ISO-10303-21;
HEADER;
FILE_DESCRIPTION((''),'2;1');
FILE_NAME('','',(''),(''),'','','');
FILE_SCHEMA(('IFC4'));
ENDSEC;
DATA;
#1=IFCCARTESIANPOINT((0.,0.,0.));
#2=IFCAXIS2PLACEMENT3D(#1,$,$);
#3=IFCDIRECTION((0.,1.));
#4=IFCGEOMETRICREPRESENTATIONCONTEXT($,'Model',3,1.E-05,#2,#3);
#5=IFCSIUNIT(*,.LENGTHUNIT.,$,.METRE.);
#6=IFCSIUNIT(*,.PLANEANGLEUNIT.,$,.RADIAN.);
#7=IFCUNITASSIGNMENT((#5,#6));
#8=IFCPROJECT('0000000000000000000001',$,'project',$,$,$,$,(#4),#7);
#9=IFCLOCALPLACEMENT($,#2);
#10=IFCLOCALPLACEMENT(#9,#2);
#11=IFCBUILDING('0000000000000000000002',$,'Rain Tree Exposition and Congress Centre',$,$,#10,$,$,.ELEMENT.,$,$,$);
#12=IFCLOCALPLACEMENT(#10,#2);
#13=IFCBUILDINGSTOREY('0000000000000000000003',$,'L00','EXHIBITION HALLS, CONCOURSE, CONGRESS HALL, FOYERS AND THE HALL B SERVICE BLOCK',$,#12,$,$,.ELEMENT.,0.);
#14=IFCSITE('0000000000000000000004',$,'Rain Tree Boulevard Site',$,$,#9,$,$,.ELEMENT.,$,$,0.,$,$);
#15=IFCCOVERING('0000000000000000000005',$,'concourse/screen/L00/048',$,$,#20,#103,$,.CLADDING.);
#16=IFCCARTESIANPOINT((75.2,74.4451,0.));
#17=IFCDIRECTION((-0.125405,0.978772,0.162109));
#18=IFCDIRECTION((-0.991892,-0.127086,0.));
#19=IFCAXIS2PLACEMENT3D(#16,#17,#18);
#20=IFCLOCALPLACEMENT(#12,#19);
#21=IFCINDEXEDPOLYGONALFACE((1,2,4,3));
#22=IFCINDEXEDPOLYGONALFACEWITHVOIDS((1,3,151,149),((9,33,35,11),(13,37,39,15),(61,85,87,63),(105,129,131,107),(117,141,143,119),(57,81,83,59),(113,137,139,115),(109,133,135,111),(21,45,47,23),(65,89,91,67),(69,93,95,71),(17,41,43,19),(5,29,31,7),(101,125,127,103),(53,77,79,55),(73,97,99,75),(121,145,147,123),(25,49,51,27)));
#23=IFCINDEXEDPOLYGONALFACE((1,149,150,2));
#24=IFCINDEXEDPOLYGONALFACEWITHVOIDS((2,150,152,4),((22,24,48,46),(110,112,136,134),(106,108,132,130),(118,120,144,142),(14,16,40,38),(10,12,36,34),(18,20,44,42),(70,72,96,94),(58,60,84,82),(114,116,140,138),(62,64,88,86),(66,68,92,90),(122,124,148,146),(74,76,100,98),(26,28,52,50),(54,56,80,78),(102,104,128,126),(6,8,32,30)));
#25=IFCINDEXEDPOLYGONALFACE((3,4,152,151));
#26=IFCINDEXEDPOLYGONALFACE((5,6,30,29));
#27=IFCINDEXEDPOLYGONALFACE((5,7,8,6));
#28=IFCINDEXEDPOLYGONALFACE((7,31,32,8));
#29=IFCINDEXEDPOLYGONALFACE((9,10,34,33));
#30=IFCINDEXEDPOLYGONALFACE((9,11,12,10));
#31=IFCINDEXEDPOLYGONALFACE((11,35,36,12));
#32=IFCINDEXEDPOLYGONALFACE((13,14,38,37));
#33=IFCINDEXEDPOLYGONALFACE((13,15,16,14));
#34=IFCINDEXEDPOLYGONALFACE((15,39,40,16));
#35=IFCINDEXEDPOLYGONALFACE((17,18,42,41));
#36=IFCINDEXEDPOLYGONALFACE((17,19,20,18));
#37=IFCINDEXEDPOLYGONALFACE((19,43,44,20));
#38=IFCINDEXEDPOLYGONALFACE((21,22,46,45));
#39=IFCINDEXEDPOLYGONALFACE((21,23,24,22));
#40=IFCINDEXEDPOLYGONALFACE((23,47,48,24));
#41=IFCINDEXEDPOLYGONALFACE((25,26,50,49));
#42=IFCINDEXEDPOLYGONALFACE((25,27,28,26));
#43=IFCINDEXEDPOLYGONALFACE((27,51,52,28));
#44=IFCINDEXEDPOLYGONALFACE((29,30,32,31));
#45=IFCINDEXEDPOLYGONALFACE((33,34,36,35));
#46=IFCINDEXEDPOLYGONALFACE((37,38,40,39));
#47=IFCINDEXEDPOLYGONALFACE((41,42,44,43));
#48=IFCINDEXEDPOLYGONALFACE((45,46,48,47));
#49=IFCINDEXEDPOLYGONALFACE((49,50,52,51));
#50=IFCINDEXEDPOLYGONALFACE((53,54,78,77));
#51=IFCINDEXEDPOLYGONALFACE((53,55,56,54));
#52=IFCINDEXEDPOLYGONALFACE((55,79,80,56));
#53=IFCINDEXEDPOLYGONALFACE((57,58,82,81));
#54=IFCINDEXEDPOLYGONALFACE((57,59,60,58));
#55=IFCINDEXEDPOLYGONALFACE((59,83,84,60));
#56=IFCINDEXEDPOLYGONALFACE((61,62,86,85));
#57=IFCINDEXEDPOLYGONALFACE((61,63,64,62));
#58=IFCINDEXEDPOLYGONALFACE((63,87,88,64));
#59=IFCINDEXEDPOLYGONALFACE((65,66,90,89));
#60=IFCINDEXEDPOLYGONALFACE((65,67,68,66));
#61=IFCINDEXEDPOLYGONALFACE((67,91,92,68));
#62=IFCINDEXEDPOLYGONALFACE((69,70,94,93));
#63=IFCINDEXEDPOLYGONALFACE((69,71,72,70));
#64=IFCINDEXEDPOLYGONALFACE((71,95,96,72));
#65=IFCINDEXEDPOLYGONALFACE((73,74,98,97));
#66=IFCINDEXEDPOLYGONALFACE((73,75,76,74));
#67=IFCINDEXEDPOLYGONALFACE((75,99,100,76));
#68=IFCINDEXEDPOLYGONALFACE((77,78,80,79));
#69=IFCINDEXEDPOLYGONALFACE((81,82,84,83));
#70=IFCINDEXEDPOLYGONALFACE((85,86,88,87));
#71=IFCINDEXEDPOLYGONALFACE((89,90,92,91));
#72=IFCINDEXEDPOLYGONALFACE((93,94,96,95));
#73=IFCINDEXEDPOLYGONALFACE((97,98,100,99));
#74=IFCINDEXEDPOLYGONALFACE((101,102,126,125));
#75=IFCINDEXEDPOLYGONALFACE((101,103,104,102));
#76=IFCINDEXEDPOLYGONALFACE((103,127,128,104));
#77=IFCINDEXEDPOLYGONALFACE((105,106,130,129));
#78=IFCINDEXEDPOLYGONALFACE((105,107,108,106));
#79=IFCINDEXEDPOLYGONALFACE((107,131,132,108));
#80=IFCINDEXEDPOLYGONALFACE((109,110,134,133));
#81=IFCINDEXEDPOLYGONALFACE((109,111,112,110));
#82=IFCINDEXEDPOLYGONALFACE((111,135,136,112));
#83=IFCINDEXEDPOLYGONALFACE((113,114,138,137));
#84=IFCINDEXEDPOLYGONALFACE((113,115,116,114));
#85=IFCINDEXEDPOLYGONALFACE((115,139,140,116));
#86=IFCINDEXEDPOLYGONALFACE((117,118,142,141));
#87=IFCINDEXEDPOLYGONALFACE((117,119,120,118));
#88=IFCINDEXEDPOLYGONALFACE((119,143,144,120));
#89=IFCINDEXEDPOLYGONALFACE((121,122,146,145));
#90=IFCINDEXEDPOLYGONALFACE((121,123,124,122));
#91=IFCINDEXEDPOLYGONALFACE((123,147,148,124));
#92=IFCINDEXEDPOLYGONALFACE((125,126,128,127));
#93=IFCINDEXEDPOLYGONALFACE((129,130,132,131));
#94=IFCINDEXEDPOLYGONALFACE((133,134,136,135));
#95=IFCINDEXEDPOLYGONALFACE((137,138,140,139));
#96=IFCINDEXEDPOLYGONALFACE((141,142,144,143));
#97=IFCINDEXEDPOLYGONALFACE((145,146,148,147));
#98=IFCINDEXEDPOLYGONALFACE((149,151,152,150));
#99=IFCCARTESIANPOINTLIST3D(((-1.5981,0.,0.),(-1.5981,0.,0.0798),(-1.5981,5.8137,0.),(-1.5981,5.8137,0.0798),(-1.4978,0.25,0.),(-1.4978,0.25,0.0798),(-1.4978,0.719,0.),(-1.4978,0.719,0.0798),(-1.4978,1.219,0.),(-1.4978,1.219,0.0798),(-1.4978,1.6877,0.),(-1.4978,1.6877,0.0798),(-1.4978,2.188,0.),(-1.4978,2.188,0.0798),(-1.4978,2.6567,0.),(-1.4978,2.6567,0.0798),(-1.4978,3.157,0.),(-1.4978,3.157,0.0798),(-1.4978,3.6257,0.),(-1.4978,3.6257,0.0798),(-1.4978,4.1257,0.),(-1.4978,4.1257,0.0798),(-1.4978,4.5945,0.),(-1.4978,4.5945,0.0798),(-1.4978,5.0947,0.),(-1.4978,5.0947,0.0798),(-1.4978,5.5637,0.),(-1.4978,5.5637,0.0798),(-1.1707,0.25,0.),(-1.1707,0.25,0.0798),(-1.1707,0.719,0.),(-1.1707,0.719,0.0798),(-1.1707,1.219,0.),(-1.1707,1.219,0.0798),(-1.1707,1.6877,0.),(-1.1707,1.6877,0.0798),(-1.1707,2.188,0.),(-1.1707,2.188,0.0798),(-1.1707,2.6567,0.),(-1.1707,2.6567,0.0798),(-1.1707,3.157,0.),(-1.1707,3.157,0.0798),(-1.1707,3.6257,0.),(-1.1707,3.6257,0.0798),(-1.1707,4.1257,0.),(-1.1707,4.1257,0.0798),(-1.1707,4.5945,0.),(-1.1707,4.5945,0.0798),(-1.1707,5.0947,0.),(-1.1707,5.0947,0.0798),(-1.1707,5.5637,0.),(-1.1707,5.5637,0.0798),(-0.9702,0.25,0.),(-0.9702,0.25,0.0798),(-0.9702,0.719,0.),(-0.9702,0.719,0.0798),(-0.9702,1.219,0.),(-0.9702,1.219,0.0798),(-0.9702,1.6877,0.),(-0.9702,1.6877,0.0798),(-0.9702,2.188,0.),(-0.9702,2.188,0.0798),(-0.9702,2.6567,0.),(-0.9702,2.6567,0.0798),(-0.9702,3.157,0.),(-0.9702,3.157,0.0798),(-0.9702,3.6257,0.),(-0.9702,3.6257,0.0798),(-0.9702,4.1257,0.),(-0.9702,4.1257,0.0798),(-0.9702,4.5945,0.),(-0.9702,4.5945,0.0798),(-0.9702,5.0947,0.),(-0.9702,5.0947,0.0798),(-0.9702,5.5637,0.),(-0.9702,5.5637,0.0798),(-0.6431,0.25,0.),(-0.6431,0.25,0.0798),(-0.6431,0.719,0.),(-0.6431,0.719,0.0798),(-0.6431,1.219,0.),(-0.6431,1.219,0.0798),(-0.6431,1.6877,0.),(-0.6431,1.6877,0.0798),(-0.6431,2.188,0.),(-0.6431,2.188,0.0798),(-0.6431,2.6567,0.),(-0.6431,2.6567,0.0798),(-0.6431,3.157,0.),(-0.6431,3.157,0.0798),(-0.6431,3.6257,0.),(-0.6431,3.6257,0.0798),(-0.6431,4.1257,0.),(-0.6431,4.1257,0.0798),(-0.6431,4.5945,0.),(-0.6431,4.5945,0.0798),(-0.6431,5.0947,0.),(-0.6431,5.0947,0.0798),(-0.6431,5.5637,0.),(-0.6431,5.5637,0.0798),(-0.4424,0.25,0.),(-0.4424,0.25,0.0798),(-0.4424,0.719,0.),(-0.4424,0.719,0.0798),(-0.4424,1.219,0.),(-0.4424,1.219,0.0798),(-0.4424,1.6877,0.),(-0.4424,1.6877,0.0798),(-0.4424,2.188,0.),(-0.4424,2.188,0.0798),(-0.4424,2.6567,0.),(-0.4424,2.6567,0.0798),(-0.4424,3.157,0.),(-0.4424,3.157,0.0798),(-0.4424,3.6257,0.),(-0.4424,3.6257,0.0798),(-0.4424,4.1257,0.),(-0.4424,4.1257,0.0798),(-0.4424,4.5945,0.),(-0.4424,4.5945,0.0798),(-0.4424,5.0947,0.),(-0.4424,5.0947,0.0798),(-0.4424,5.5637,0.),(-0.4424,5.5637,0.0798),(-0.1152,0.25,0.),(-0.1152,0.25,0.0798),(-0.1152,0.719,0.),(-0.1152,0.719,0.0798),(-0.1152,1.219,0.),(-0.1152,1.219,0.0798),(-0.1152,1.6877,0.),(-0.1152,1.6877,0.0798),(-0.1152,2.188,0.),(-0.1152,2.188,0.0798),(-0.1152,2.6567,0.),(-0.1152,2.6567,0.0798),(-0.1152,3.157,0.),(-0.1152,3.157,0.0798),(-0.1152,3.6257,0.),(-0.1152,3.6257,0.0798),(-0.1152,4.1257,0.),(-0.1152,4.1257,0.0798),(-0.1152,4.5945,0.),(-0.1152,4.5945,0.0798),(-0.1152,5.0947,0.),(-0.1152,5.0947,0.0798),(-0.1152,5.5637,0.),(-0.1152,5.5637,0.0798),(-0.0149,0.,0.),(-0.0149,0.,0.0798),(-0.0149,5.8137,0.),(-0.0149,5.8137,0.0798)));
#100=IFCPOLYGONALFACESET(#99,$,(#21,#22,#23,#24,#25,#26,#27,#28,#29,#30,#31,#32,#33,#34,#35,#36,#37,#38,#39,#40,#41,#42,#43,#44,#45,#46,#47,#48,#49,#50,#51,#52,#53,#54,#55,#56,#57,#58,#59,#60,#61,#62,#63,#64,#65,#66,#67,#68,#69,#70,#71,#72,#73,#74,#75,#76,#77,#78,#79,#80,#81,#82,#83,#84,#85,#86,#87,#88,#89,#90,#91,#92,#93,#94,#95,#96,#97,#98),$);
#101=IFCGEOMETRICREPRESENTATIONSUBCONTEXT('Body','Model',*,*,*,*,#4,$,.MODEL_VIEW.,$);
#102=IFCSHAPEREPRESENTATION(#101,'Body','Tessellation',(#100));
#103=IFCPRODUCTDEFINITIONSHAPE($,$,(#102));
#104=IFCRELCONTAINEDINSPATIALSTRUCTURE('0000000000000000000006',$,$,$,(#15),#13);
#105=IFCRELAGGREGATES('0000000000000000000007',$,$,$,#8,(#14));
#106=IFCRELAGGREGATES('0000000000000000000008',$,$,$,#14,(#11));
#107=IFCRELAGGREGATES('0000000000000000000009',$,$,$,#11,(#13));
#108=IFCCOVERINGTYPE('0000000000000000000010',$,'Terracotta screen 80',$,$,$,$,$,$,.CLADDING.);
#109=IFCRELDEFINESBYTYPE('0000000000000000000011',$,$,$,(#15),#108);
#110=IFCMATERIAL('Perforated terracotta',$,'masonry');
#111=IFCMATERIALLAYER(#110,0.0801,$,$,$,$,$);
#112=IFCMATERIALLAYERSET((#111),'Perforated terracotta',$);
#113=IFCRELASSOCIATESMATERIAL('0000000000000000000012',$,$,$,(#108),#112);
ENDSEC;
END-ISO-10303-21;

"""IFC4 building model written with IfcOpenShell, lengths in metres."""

from ifc_helpers import new_model, si_unit, direction, frame, origin, place, context, subcontext, project, spatial, polyline, outline, extrude, material, layer, layer_set, type_object, element, save


model = new_model("IFC4")

# Units and contexts
model_context = context("Model", 3, precision=1e-05, world=origin(), true_north=direction((0.0, 1.0)))
body_context = subcontext(model_context, "Body", "Model", "MODEL_VIEW")
ifc_project = project(units=[si_unit("LENGTHUNIT", "METRE"), si_unit("PLANEANGLEUNIT", "RADIAN")], contexts=[model_context])

# Site, building, storey
site_placement = place(None, origin())
site = spatial("IfcSite", under=ifc_project, at=site_placement, Name="Rain Tree Boulevard Site", CompositionType="ELEMENT", RefElevation=0.0)
building_placement = place(site_placement, origin())
building = spatial("IfcBuilding", under=site, at=building_placement, Name="Rain Tree Exposition and Congress Centre", CompositionType="ELEMENT")
storey_placement = place(building_placement, origin())
storey = spatial("IfcBuildingStorey", under=building, at=storey_placement, Name="L00", Description="EXHIBITION HALLS, CONCOURSE, CONGRESS HALL, FOYERS AND THE HALL B SERVICE BLOCK", CompositionType="ELEMENT", Elevation=0.0)

# Covering
ifc_material_1 = material(Name="Perforated terracotta", Category="masonry")
ifc_layer_1 = layer(ifc_material_1, 0.0801)
ifc_layer_set_1 = layer_set([ifc_layer_1], Name="Perforated terracotta")
covering_type = type_object("IfcCoveringType", Name="Terracotta screen 80", PredefinedType="CLADDING", material=ifc_layer_set_1)
covering_1_placement = place(storey_placement, frame((75.2, 74.4451, 0.0), z_axis=(-0.125405, 0.978772, 0.162109), x_axis=(-0.991892, -0.127086, 0.0)))
element("IfcCovering", 1, at=covering_1_placement, inside=storey, type_object=covering_type, Name="concourse/screen/L00/048", PredefinedType="CLADDING", context=body_context, shape_type="SweptSolid", body=[
    extrude(outline(polyline([(-0.0149, 0.0), (-1.5981, 0.0), (-1.5981, 5.8137), (-0.0149, 5.8137), (-0.0149, 0.0)]), holes=[polyline([(-0.1152, 0.25), (-0.1152, 0.719), (-0.4424, 0.719), (-0.4424, 0.25), (-0.1152, 0.25)]), polyline([(-0.1152, 1.219), (-0.1152, 1.6877), (-0.4424, 1.6877), (-0.4424, 1.219), (-0.1152, 1.219)]), polyline([(-0.1152, 2.188), (-0.1152, 2.6567), (-0.4424, 2.6567), (-0.4424, 2.188), (-0.1152, 2.188)]), polyline([(-0.1152, 3.157), (-0.1152, 3.6257), (-0.4424, 3.6257), (-0.4424, 3.157), (-0.1152, 3.157)]), polyline([(-0.1152, 4.1257), (-0.1152, 4.5945), (-0.4424, 4.5945), (-0.4424, 4.1257), (-0.1152, 4.1257)]), polyline([(-0.1152, 5.0947), (-0.1152, 5.5637), (-0.4424, 5.5637), (-0.4424, 5.0947), (-0.1152, 5.0947)]), polyline([(-0.6431, 0.25), (-0.6431, 0.719), (-0.9702, 0.719), (-0.9702, 0.25), (-0.6431, 0.25)]), polyline([(-0.6431, 1.219), (-0.6431, 1.6877), (-0.9702, 1.6877), (-0.9702, 1.219), (-0.6431, 1.219)]), polyline([(-0.6431, 2.188), (-0.6431, 2.6567), (-0.9702, 2.6567), (-0.9702, 2.188), (-0.6431, 2.188)]), polyline([(-0.6431, 3.157), (-0.6431, 3.6257), (-0.9702, 3.6257), (-0.9702, 3.157), (-0.6431, 3.157)]), polyline([(-0.6431, 4.1257), (-0.6431, 4.5945), (-0.9702, 4.5945), (-0.9702, 4.1257), (-0.6431, 4.1257)]), polyline([(-0.6431, 5.0947), (-0.6431, 5.5637), (-0.9702, 5.5637), (-0.9702, 5.0947), (-0.6431, 5.0947)]), polyline([(-1.1707, 0.25), (-1.1707, 0.719), (-1.4978, 0.719), (-1.4978, 0.25), (-1.1707, 0.25)]), polyline([(-1.1707, 1.219), (-1.1707, 1.6877), (-1.4978, 1.6877), (-1.4978, 1.219), (-1.1707, 1.219)]), polyline([(-1.1707, 2.188), (-1.1707, 2.6567), (-1.4978, 2.6567), (-1.4978, 2.188), (-1.1707, 2.188)]), polyline([(-1.1707, 3.157), (-1.1707, 3.6257), (-1.4978, 3.6257), (-1.4978, 3.157), (-1.1707, 3.157)]), polyline([(-1.1707, 4.1257), (-1.1707, 4.5945), (-1.4978, 4.5945), (-1.4978, 4.1257), (-1.1707, 4.1257)]), polyline([(-1.1707, 5.0947), (-1.1707, 5.5637), (-1.4978, 5.5637), (-1.4978, 5.0947), (-1.1707, 5.0947)])]), origin(), (0.0, 0.0, 1.0), 0.0798),
])

save(model, "model.ifc")
